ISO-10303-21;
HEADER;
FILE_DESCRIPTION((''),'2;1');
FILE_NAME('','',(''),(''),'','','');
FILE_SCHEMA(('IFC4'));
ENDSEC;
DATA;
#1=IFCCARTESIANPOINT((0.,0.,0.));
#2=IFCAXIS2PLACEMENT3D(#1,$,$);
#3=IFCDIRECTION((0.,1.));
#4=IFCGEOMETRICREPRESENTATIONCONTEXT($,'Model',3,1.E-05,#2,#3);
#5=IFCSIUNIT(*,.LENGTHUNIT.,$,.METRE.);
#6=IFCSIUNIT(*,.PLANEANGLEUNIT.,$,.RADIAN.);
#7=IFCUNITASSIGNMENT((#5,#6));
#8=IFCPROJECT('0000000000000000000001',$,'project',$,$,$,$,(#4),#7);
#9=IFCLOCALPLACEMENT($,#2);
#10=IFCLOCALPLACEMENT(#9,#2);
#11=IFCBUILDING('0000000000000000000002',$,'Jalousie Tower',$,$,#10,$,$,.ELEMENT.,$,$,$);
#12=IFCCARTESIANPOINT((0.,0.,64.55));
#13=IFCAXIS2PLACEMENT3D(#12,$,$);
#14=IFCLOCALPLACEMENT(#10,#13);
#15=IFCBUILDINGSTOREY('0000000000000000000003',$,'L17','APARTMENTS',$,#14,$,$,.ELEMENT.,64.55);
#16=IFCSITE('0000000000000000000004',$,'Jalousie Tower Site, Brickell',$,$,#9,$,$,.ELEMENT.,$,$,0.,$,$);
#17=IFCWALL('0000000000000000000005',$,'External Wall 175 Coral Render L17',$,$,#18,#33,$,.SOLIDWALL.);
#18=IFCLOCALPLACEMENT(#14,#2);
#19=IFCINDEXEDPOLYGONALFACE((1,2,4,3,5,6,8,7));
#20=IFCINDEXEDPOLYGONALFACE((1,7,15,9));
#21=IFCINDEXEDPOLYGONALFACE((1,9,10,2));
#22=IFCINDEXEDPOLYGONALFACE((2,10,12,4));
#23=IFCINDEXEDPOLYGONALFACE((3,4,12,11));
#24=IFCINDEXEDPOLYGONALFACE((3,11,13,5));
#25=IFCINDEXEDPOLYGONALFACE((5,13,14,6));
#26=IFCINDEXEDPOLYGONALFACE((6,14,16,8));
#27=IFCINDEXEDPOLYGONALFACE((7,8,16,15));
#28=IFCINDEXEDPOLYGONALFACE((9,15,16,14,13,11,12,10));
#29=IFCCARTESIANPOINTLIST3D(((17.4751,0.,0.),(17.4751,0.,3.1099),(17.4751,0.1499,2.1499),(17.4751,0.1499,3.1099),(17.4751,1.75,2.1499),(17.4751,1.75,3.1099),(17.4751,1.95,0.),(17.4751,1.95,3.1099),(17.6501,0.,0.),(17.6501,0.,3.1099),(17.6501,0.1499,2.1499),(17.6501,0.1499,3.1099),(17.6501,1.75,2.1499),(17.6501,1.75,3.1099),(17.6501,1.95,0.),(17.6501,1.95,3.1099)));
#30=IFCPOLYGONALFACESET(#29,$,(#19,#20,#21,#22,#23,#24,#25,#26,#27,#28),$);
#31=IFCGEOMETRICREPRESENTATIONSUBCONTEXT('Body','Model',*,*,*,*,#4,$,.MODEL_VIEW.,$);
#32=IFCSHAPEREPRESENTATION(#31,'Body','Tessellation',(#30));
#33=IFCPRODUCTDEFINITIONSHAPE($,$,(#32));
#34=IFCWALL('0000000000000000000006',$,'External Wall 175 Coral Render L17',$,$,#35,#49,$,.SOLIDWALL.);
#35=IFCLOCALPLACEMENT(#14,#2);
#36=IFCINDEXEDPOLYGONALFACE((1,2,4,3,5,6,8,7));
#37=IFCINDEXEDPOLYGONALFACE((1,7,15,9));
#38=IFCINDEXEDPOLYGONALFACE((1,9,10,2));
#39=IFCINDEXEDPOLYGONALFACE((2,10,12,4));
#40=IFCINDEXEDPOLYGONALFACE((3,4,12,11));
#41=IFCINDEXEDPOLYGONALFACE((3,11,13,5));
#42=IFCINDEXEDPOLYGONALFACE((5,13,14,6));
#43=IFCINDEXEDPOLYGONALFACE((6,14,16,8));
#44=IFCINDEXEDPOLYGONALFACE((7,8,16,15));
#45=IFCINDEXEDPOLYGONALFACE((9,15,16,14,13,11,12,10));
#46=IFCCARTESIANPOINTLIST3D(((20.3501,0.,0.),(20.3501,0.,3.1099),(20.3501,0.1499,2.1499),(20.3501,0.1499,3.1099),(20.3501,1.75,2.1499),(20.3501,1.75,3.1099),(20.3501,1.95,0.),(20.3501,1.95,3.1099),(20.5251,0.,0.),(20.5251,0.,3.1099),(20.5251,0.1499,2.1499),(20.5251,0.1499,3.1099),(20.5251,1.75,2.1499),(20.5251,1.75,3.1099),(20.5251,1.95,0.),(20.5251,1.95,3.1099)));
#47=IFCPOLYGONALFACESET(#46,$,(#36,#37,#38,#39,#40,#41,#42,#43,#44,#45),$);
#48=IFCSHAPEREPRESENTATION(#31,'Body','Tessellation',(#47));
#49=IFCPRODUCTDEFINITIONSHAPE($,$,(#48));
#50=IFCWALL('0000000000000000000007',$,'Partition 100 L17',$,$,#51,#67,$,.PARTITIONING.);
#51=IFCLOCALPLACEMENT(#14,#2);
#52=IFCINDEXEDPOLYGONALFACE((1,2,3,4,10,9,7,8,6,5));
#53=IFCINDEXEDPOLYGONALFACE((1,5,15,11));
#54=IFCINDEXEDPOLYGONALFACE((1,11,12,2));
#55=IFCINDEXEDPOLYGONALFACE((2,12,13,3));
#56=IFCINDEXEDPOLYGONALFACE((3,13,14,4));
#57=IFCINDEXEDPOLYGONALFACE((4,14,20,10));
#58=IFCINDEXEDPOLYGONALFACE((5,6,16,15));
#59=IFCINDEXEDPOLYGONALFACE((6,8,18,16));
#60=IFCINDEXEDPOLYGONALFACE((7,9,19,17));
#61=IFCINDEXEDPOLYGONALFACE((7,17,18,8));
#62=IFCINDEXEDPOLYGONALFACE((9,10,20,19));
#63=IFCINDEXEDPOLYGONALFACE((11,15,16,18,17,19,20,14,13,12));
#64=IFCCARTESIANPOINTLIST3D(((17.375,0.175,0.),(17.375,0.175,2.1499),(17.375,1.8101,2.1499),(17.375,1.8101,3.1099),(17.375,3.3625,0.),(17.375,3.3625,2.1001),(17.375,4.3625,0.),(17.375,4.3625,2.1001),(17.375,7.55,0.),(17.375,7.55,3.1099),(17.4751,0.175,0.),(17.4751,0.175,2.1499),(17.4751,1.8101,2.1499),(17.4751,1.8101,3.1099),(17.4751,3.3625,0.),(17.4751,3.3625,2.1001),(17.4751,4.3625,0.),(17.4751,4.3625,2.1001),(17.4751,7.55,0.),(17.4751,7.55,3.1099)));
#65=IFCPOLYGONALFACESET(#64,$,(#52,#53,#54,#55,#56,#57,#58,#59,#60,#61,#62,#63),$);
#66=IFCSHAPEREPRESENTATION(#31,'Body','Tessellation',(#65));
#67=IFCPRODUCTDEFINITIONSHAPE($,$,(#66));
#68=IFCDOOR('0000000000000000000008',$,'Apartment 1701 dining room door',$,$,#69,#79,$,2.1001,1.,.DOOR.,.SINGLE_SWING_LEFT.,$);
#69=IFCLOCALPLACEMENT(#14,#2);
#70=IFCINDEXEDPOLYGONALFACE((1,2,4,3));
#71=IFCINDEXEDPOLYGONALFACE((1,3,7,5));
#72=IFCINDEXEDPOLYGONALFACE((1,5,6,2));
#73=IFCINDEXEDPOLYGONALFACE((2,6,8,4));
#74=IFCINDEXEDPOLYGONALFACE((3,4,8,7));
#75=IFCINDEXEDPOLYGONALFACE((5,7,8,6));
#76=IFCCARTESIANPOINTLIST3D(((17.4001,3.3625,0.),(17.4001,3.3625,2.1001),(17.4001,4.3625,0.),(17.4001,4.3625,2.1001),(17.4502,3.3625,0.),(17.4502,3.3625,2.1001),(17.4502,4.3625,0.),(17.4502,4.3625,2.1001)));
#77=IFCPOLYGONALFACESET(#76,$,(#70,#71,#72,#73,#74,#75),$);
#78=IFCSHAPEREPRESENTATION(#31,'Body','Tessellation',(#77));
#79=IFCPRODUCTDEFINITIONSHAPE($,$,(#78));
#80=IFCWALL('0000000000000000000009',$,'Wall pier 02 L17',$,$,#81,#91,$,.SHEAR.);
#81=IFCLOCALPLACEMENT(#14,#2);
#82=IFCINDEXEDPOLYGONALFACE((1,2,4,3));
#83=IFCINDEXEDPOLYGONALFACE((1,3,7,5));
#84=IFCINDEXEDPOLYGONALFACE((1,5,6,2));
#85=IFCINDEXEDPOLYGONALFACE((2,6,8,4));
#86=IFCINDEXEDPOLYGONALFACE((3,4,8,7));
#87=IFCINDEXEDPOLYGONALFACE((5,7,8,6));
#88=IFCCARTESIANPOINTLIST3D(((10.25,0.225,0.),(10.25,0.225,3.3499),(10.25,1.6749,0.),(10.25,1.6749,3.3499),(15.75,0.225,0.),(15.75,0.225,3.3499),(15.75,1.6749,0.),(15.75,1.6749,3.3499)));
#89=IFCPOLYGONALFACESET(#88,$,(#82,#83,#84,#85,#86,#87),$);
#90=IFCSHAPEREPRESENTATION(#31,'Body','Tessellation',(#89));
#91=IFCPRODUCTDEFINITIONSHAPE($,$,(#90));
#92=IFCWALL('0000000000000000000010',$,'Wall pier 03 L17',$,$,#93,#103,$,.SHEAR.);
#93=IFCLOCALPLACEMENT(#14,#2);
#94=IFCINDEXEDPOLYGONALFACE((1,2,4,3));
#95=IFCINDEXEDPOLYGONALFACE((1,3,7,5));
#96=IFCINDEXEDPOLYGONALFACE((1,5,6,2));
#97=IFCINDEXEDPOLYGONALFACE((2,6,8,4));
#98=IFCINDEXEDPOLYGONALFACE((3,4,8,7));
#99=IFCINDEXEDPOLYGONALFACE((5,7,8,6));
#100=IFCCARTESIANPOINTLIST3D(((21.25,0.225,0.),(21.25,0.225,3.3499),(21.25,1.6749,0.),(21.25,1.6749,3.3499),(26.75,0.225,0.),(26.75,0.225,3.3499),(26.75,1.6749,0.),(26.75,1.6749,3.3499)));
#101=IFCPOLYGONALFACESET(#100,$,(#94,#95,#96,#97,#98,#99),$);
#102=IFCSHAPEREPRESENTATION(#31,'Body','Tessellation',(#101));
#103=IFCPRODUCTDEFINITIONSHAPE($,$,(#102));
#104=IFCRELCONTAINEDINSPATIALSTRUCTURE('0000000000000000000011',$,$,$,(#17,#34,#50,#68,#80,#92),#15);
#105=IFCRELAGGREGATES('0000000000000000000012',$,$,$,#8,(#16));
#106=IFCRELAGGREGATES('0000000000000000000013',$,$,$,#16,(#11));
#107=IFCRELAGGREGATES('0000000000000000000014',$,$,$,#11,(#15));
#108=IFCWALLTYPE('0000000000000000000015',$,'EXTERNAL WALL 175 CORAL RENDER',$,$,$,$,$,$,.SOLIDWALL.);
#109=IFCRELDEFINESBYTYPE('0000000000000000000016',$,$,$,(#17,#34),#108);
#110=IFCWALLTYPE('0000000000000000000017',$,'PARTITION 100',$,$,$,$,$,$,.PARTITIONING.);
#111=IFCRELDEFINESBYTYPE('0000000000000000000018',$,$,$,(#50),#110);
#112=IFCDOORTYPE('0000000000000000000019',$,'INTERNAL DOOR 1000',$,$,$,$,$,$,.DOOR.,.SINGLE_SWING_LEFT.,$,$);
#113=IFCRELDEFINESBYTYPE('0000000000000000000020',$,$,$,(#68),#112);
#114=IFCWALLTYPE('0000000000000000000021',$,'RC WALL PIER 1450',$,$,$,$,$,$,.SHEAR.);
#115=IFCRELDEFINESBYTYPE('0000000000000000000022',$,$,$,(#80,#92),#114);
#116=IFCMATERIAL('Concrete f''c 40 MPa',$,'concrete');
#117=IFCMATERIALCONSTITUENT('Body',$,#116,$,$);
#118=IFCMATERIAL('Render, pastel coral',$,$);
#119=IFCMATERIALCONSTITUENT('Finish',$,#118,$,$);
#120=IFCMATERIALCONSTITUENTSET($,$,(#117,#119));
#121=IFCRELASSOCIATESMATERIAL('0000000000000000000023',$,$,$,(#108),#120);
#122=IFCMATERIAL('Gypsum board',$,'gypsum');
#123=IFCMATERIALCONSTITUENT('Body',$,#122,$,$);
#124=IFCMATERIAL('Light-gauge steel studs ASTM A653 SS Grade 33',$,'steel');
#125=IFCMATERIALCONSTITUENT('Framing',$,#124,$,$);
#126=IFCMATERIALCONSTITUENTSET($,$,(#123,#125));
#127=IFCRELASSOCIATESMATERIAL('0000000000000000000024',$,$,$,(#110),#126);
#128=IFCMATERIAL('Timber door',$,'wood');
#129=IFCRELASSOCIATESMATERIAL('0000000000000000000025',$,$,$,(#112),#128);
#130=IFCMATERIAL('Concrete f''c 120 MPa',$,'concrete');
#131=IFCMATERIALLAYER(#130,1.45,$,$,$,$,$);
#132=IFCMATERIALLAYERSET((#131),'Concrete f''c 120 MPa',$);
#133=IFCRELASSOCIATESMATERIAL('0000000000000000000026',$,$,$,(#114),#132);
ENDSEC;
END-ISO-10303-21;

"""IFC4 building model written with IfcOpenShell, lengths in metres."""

from ifc_helpers import new_model, si_unit, direction, frame, frame_2d, origin, place, context, subcontext, project, spatial, polyline, rectangle, outline, extrude, material, layer, layer_set, constituent, constituent_set, type_object, element, fill, save


model = new_model("IFC4")

# Units and contexts
model_context = context("Model", 3, precision=1e-05, world=origin(), true_north=direction((0.0, 1.0)))
body_context = subcontext(model_context, "Body", "Model", "MODEL_VIEW")
ifc_project = project(units=[si_unit("LENGTHUNIT", "METRE"), si_unit("PLANEANGLEUNIT", "RADIAN")], contexts=[model_context])

# Site, building, storey
site_placement = place(None, origin())
site = spatial("IfcSite", under=ifc_project, at=site_placement, Name="Jalousie Tower Site, Brickell", CompositionType="ELEMENT", RefElevation=0.0)
building_placement = place(site_placement, origin())
building = spatial("IfcBuilding", under=site, at=building_placement, Name="Jalousie Tower", CompositionType="ELEMENT")
storey_placement = place(building_placement, frame((0.0, 0.0, 64.55)))
storey = spatial("IfcBuildingStorey", under=building, at=storey_placement, Name="L17", Description="APARTMENTS", CompositionType="ELEMENT", Elevation=64.55)

# Shared definitions
ifc_material_1 = material(Name="Concrete f'c 40 MPa", Category="concrete")
ifc_constituent_1 = constituent(ifc_material_1, Name="Body")
ifc_material_2 = material(Name="Render, pastel coral")
ifc_constituent_2 = constituent(ifc_material_2, Name="Finish")
ifc_constituent_set_1 = constituent_set(constituents=[ifc_constituent_1, ifc_constituent_2])
wall_type_1 = type_object("IfcWallType", Name="EXTERNAL WALL 175 CORAL RENDER", PredefinedType="SOLIDWALL", material=ifc_constituent_set_1)

# Walls
for number, where, z_axis, x_axis, name in (
    (1, (17.5625, 0.0, 0.0), (0.0, 0.0, 1.0), (0.0, 1.0, 0.0), "External Wall 175 Coral Render L17"),
    (2, (20.4375, 0.0, 0.0), (0.0, 0.0, 1.0), (0.0, 1.0, 0.0), "External Wall 175 Coral Render L17"),
):
    element("IfcWall", number, at=place(storey_placement, frame(where, z_axis=z_axis, x_axis=x_axis)), inside=storey, type_object=wall_type_1, Name=name, PredefinedType="SOLIDWALL", context=body_context, shape_type="SweptSolid", body=[
        extrude(outline(polyline([(0.0, 0.0), (1.95, 0.0), (1.95, 3.1099), (1.75, 3.1099), (1.75, 2.1499), (0.1499, 2.1499), (0.1499, 3.1099), (0.0, 3.1099), (0.0, 0.0)])), frame((0.0, 0.0874, 0.0), z_axis=(0.0, -1.0, 0.0), x_axis=(1.0, 0.0, 0.0)), (0.0, 0.0, 1.0), 0.175),
    ])

# Wall, opening, door
ifc_material_3 = material(Name="Gypsum board", Category="gypsum")
ifc_constituent_3 = constituent(ifc_material_3, Name="Body")
ifc_material_4 = material(Name="Light-gauge steel studs ASTM A653 SS Grade 33", Category="steel")
ifc_constituent_4 = constituent(ifc_material_4, Name="Framing")
ifc_constituent_set_2 = constituent_set(constituents=[ifc_constituent_3, ifc_constituent_4])
wall_type_2 = type_object("IfcWallType", Name="PARTITION 100", PredefinedType="PARTITIONING", material=ifc_constituent_set_2)
wall_1_placement = place(storey_placement, frame((17.425, 0.175, 0.0), z_axis=(0.0, 0.0, 1.0), x_axis=(0.0, 1.0, 0.0)))
wall_1 = element("IfcWall", 3, at=wall_1_placement, inside=storey, type_object=wall_type_2, Name="Partition 100 L17", PredefinedType="PARTITIONING", context=body_context, shape_type="SweptSolid", body=[
    extrude(outline(polyline([(0.0, 0.0), (7.375, 0.0), (7.375, 3.1099), (1.635, 3.1099), (1.635, 2.1499), (0.0, 2.1499), (0.0, 3.1099), (0.0, 0.0)])), frame((0.0, 0.05, 0.0), z_axis=(0.0, -1.0, 0.0), x_axis=(1.0, 0.0, 0.0)), (0.0, 0.0, 1.0), 0.1001),
])
opening_1_placement = place(wall_1_placement, frame((3.1875, 0.0, 0.0)))
opening_1 = element("IfcOpeningElement", 4, at=opening_1_placement, cuts=wall_1, PredefinedType="OPENING", context=body_context, shape_type="SweptSolid", body=[
    extrude(rectangle(XDim=1.0, YDim=2.1001, at=frame_2d((0.5, 1.05))), frame((0.0, 0.0601, 0.0), z_axis=(0.0, -1.0, 0.0), x_axis=(1.0, 0.0, 0.0)), (0.0, 0.0, 1.0), 0.1201),
])
ifc_material_5 = material(Name="Timber door", Category="wood")
door_type = type_object("IfcDoorType", Name="INTERNAL DOOR 1000", OperationType="SINGLE_SWING_LEFT", PredefinedType="DOOR", material=ifc_material_5)
door_placement = place(opening_1_placement, origin())
door = element("IfcDoor", 5, at=door_placement, inside=storey, type_object=door_type, Name="Apartment 1701 dining room door", OperationType="SINGLE_SWING_LEFT", OverallHeight=2.1001, OverallWidth=1.0, PredefinedType="DOOR", context=body_context, shape_type="SweptSolid", body=[
    extrude(rectangle(XDim=1.0, YDim=2.1001, at=frame_2d((0.5, 1.05))), frame((0.0, 0.0249, 0.0), z_axis=(0.0, -1.0, 0.0), x_axis=(1.0, 0.0, 0.0)), (0.0, 0.0, 1.0), 0.05),
])
fill(opening_1, door)

# Walls
ifc_material_6 = material(Name="Concrete f'c 120 MPa", Category="concrete")
ifc_layer_1 = layer(ifc_material_6, 1.45)
ifc_layer_set_1 = layer_set([ifc_layer_1], Name="Concrete f'c 120 MPa")
wall_type_3 = type_object("IfcWallType", Name="RC WALL PIER 1450", PredefinedType="SHEAR", material=ifc_layer_set_1)
for number, where, z_axis, x_axis, name in (
    (6, (10.25, 0.95, 0.0), (0.0, 0.0, 1.0), (1.0, 0.0, 0.0), "Wall pier 02 L17"),
    (7, (21.25, 0.95, 0.0), (0.0, 0.0, 1.0), (1.0, 0.0, 0.0), "Wall pier 03 L17"),
):
    element("IfcWall", number, at=place(storey_placement, frame(where, z_axis=z_axis, x_axis=x_axis)), inside=storey, type_object=wall_type_3, Name=name, PredefinedType="SHEAR", context=body_context, shape_type="SweptSolid", body=[
        extrude(rectangle(XDim=5.5, YDim=1.45, at=frame_2d((2.75, 0.0))), origin(), (0.0, 0.0, 1.0), 3.3499),
    ])

save(model, "model.ifc")
